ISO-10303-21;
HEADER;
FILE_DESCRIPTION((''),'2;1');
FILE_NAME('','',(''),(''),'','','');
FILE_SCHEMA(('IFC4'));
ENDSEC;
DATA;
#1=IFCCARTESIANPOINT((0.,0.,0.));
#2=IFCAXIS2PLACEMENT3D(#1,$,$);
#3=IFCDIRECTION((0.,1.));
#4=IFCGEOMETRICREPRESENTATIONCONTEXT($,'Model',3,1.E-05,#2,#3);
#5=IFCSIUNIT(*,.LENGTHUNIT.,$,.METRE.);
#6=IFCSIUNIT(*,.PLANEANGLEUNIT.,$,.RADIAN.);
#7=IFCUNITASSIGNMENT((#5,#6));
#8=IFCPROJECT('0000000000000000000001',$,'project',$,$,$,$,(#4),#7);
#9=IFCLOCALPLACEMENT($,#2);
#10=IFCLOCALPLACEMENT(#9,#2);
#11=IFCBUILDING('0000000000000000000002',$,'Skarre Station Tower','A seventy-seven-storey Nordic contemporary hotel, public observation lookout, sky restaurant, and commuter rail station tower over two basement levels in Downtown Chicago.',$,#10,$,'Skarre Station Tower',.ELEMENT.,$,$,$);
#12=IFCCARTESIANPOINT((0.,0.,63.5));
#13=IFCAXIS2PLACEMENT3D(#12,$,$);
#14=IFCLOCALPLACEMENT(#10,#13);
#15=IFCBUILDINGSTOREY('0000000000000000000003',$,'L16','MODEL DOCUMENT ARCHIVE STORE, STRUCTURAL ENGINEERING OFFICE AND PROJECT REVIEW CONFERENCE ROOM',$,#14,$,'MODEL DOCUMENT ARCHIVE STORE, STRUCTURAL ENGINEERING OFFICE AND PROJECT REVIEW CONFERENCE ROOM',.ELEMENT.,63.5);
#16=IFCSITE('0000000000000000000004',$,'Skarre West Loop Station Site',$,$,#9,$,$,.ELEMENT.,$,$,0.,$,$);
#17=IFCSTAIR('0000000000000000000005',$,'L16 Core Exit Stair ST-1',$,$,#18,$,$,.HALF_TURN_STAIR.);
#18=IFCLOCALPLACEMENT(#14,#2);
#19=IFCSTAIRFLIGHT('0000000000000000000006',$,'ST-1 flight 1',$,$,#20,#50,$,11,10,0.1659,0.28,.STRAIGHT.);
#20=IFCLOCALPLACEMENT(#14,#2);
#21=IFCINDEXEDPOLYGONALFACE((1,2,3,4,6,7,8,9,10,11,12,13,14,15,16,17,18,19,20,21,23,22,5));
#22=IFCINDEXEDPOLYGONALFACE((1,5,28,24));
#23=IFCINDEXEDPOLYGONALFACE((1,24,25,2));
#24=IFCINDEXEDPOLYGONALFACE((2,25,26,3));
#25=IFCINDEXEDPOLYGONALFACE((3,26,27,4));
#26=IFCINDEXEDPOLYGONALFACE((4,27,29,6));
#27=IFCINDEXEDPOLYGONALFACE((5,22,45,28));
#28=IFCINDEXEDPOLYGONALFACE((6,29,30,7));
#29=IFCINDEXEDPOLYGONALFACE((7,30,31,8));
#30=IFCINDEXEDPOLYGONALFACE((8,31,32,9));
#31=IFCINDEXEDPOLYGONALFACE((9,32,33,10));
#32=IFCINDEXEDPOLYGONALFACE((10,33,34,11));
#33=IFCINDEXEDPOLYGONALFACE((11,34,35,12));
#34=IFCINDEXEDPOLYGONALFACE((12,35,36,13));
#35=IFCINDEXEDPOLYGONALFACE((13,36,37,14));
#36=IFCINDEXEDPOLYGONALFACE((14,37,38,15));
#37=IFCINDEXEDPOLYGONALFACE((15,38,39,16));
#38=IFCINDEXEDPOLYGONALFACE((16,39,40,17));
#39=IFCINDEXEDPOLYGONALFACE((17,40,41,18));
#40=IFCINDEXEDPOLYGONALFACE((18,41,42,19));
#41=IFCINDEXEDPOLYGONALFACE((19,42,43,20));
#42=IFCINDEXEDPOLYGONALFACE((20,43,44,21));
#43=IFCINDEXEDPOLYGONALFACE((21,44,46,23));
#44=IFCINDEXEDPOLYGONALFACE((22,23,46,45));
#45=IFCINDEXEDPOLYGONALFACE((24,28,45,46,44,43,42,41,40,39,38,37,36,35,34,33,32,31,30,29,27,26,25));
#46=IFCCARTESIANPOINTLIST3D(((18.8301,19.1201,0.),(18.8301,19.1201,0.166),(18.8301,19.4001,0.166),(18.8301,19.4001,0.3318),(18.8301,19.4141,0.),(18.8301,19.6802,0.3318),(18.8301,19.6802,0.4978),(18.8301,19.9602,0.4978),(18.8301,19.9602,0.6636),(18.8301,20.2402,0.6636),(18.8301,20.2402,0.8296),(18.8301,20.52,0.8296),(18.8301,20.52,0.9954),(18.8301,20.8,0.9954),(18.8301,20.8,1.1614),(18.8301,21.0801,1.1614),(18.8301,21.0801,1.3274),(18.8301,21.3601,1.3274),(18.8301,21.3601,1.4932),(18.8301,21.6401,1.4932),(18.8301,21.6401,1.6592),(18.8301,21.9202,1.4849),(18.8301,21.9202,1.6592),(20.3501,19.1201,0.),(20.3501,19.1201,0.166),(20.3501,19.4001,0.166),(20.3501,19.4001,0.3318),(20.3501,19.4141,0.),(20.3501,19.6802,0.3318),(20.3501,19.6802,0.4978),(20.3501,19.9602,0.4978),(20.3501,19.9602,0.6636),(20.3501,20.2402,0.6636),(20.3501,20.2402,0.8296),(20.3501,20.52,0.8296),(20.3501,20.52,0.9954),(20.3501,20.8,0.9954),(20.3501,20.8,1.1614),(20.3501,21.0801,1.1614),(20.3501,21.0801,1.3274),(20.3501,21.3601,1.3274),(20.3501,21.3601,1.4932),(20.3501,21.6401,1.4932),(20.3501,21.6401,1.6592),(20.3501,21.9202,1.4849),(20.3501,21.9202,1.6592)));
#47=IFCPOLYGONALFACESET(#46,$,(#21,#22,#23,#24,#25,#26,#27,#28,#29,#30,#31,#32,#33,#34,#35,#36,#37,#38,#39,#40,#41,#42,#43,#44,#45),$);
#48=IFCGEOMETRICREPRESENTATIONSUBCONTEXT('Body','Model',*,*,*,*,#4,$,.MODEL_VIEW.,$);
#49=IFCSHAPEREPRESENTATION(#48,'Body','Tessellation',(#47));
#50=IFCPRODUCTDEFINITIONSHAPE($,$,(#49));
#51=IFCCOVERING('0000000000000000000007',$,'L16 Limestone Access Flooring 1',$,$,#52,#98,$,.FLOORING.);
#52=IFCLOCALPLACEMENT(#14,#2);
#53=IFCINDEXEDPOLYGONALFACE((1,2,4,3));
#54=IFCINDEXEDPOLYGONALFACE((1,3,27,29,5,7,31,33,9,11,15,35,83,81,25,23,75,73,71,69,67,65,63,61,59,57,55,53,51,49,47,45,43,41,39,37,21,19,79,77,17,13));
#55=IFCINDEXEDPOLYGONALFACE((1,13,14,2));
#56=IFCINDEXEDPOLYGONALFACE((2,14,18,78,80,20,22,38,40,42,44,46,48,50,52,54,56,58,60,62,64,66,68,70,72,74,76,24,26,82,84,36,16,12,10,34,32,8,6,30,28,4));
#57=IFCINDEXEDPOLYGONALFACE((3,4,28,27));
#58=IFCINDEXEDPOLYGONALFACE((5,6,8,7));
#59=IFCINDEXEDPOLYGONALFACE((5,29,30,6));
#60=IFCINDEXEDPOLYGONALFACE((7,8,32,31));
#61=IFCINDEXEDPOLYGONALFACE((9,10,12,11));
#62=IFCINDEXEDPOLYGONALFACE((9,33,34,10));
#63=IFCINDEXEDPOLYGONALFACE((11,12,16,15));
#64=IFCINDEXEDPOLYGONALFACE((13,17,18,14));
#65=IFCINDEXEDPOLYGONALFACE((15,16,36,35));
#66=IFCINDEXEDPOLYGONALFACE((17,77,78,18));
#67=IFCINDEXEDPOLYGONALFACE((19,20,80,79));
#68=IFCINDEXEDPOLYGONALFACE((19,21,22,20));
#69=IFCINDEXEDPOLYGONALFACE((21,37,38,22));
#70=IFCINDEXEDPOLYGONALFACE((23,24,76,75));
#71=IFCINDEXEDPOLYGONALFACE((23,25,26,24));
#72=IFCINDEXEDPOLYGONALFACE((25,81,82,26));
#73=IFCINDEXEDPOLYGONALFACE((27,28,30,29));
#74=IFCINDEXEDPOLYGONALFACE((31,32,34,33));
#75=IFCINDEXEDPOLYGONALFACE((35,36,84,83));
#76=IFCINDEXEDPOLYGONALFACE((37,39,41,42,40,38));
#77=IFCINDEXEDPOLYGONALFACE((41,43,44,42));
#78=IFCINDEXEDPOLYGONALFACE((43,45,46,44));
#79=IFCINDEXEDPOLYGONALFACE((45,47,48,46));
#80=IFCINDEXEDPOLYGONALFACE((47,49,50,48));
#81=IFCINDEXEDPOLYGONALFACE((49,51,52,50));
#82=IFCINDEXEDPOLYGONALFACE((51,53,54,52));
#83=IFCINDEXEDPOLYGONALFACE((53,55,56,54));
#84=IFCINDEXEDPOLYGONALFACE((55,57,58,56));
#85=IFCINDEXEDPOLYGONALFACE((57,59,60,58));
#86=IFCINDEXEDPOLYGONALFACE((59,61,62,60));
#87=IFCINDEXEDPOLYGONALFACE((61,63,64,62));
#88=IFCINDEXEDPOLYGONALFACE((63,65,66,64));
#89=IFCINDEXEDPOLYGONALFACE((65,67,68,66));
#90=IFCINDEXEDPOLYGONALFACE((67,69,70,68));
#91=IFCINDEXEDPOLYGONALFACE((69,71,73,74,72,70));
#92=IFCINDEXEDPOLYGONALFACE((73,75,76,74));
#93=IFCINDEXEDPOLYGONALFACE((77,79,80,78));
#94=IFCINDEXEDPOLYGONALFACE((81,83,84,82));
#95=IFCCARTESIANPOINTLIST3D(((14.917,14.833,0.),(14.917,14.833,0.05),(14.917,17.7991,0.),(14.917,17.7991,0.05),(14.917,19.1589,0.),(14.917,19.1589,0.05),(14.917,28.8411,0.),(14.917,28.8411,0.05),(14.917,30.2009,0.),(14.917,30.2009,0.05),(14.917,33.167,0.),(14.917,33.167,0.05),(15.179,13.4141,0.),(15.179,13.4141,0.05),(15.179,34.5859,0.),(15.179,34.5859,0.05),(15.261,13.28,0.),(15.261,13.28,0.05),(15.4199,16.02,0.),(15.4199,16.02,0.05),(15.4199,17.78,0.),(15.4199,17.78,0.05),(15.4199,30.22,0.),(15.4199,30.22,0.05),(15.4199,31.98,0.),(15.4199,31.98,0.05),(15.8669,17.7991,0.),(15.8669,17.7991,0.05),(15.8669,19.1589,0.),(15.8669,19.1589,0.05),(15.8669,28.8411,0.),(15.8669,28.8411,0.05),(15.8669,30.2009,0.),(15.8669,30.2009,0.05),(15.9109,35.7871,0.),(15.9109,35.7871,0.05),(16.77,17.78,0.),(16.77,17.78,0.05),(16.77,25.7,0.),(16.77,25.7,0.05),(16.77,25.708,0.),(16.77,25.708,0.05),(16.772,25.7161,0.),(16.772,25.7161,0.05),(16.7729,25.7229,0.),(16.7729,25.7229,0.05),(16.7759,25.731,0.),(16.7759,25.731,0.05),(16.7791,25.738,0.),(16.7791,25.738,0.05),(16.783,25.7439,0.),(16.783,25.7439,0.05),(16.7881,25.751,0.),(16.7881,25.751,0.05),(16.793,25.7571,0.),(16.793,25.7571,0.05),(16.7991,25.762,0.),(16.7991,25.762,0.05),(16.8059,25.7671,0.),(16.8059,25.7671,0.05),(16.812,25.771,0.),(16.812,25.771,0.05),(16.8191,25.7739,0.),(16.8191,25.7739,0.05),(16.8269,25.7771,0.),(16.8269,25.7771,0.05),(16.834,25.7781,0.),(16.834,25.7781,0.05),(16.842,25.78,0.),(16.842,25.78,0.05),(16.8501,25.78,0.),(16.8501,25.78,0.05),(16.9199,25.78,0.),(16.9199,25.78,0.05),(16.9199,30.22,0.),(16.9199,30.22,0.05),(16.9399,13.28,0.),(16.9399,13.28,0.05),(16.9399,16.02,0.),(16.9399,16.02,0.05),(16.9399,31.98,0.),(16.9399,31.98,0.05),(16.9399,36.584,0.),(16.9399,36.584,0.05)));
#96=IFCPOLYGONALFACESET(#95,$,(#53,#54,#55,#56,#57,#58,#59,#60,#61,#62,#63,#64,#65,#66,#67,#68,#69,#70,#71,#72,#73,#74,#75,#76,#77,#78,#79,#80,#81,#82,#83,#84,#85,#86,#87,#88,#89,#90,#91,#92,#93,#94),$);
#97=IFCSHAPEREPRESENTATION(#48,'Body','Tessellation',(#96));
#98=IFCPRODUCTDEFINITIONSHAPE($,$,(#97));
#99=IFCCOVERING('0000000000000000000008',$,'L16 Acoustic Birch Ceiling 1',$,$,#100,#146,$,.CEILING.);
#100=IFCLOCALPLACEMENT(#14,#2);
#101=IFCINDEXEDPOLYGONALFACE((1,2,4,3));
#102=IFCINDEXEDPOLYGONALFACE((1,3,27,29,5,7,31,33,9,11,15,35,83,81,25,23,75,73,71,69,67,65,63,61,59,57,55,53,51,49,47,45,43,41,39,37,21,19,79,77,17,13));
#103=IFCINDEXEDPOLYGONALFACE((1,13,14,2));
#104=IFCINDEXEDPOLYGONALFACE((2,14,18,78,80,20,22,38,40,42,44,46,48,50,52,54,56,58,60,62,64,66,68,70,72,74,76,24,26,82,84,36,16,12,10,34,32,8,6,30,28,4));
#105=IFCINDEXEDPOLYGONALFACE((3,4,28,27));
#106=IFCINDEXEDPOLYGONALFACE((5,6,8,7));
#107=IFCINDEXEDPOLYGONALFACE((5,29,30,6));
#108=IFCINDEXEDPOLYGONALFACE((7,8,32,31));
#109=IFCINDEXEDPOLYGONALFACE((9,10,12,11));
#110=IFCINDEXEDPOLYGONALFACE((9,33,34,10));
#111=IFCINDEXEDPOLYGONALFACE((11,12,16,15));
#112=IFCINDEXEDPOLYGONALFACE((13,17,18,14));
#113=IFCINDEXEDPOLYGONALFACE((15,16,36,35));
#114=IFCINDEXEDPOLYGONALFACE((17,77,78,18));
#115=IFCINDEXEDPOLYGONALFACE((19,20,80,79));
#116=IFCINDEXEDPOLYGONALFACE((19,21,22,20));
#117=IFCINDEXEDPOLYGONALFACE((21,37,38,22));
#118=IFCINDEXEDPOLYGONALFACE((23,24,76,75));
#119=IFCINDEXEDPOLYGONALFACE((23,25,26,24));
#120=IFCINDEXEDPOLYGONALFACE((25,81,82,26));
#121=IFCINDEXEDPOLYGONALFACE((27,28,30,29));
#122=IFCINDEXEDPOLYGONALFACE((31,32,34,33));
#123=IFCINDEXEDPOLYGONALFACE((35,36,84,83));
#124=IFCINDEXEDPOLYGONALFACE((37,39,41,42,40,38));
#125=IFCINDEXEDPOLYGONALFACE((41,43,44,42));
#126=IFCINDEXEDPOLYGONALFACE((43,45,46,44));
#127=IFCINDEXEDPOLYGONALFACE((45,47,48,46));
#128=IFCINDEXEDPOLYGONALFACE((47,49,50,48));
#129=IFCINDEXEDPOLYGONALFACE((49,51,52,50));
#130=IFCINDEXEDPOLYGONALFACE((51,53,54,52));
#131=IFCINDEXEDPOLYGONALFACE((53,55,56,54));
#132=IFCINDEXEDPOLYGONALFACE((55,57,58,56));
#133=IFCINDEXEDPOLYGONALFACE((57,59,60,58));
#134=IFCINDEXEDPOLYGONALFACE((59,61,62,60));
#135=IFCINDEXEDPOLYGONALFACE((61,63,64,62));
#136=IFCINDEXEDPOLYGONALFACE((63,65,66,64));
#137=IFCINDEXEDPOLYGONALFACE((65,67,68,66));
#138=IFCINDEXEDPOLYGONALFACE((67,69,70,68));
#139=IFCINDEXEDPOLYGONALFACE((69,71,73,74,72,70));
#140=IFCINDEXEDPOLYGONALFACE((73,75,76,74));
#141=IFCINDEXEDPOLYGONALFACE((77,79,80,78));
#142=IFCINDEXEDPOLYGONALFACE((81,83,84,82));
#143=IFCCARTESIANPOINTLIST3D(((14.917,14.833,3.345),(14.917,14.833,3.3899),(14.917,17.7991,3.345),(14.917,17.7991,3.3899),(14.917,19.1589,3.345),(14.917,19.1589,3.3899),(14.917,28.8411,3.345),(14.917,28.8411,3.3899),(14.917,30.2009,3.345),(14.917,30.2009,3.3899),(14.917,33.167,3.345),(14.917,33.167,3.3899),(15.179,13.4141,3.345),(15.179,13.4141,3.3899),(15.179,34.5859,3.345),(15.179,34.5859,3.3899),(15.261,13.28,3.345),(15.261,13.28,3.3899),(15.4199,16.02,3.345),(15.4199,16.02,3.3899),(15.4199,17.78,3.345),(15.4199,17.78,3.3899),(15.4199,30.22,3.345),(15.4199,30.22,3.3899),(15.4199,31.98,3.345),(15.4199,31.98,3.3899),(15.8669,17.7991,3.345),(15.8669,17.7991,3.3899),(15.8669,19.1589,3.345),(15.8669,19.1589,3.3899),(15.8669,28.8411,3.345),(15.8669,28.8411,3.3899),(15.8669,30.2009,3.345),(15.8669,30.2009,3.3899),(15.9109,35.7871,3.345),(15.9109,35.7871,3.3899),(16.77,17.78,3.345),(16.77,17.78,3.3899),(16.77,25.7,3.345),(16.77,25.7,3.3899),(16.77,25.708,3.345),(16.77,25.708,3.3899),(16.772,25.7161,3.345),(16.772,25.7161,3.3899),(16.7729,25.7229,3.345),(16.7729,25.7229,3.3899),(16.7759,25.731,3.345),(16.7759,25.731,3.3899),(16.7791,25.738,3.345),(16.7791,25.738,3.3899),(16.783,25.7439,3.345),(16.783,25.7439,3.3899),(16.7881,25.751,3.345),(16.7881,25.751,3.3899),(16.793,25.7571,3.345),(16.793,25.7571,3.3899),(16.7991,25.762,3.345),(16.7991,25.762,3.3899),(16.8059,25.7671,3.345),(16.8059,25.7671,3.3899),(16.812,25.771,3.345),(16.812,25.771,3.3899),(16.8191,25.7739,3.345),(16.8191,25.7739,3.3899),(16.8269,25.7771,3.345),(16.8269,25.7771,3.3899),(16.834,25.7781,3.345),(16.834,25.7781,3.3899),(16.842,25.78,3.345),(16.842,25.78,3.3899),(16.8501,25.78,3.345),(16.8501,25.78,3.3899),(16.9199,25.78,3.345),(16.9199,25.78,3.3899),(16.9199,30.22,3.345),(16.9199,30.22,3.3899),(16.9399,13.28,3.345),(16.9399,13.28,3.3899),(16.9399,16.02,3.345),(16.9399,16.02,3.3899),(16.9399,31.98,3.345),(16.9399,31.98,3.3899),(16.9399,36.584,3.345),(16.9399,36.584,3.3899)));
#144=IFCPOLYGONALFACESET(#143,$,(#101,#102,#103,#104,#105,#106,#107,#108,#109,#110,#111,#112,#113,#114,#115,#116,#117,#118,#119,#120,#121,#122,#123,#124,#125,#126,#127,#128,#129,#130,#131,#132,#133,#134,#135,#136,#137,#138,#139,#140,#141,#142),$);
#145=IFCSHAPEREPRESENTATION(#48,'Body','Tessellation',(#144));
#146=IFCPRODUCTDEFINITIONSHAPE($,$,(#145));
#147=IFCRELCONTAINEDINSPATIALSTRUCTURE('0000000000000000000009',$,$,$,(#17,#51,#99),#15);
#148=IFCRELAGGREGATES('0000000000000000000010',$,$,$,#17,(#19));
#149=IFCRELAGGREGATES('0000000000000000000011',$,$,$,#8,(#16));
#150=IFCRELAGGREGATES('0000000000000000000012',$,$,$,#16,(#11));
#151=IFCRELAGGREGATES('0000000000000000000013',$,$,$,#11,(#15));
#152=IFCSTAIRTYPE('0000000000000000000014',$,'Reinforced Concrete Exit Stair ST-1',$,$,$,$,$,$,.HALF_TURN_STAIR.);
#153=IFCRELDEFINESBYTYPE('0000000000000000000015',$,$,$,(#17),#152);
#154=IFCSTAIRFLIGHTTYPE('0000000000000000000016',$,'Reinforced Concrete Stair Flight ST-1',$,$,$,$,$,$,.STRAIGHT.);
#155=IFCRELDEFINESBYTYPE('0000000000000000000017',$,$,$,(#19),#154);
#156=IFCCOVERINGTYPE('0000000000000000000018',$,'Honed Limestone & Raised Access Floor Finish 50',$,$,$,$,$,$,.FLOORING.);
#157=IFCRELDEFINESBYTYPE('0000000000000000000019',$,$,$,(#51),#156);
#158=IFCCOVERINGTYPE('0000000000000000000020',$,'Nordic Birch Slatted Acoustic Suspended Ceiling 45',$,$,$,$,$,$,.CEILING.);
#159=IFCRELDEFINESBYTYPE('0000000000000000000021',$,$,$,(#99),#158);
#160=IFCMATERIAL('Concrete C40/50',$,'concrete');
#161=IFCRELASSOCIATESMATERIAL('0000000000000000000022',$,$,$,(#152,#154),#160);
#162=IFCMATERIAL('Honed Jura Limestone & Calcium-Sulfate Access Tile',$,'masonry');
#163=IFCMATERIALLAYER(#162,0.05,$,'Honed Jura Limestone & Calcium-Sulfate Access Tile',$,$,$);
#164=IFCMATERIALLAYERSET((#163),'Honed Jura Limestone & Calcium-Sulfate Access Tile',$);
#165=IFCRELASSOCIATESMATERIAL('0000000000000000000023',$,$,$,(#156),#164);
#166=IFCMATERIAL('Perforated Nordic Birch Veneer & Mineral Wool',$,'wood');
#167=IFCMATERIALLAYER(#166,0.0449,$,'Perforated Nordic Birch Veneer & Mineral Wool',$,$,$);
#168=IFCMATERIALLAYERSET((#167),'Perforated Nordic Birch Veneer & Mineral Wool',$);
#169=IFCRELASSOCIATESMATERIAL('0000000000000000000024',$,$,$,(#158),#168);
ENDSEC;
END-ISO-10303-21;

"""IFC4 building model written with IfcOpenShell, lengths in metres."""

from ifc_helpers import new_model, si_unit, direction, frame, origin, place, context, subcontext, project, spatial, polyline, outline, extrude, material, layer, layer_set, type_object, element, aggregate, save


model = new_model("IFC4")

# Units and contexts
model_context = context("Model", 3, precision=1e-05, world=origin(), true_north=direction((0.0, 1.0)))
body_context = subcontext(model_context, "Body", "Model", "MODEL_VIEW")
ifc_project = project(units=[si_unit("LENGTHUNIT", "METRE"), si_unit("PLANEANGLEUNIT", "RADIAN")], contexts=[model_context])

# Site, building, storey
site_placement = place(None, origin())
site = spatial("IfcSite", under=ifc_project, at=site_placement, Name="Skarre West Loop Station Site", CompositionType="ELEMENT", RefElevation=0.0)
building_placement = place(site_placement, origin())
building = spatial("IfcBuilding", under=site, at=building_placement, Name="Skarre Station Tower", Description="A seventy-seven-storey Nordic contemporary hotel, public observation lookout, sky restaurant, and commuter rail station tower over two basement levels in Downtown Chicago.", LongName="Skarre Station Tower", CompositionType="ELEMENT")
storey_placement = place(building_placement, frame((0.0, 0.0, 63.5)))
storey = spatial("IfcBuildingStorey", under=building, at=storey_placement, Name="L16", Description="MODEL DOCUMENT ARCHIVE STORE, STRUCTURAL ENGINEERING OFFICE AND PROJECT REVIEW CONFERENCE ROOM", LongName="MODEL DOCUMENT ARCHIVE STORE, STRUCTURAL ENGINEERING OFFICE AND PROJECT REVIEW CONFERENCE ROOM", CompositionType="ELEMENT", Elevation=63.5)

# Stair
ifc_material_1 = material(Name="Concrete C40/50", Category="concrete")
stair_type_1 = type_object("IfcStairType", Name="Reinforced Concrete Exit Stair ST-1", PredefinedType="HALF_TURN_STAIR", material=ifc_material_1)
stair_1_placement = place(storey_placement, origin())
stair_1 = element("IfcStair", 1, at=stair_1_placement, inside=storey, type_object=stair_type_1, Name="L16 Core Exit Stair ST-1", PredefinedType="HALF_TURN_STAIR")

# Stair flight
stair_flight_type = type_object("IfcStairFlightType", Name="Reinforced Concrete Stair Flight ST-1", PredefinedType="STRAIGHT", material=ifc_material_1)
stair_flight_placement = place(storey_placement, frame((19.5901, 19.1201, 0.0), z_axis=(0.0, 0.0, 1.0), x_axis=(0.0, 1.0, 0.0)))
stair_flight = element("IfcStairFlight", 2, at=stair_flight_placement, type_object=stair_flight_type, Name="ST-1 flight 1", NumberOfRisers=11, NumberOfTreads=10, PredefinedType="STRAIGHT", RiserHeight=0.1659, TreadLength=0.28, context=body_context, shape_type="SweptSolid", body=[
    extrude(outline(polyline([(0.0, 0.0), (0.0, 0.166), (0.28, 0.166), (0.28, 0.3318), (0.5601, 0.3318), (0.5601, 0.4978), (0.8401, 0.4978), (0.8401, 0.6636), (1.1201, 0.6636), (1.1201, 0.8296), (1.3999, 0.8296), (1.3999, 0.9954), (1.6799, 0.9954), (1.6799, 1.1614), (1.96, 1.1614), (1.96, 1.3274), (2.24, 1.3274), (2.24, 1.4932), (2.52, 1.4932), (2.52, 1.6592), (2.8, 1.6592), (2.8, 1.825), (2.8, 1.4849), (0.2939, 0.0), (0.0, 0.0)])), frame((0.0, 0.76, 0.0), z_axis=(0.0, -1.0, 0.0), x_axis=(1.0, 0.0, 0.0)), (0.0, 0.0, 1.0), 1.52),
])
aggregate(stair_1, [stair_flight])

# Coverings
ifc_material_2 = material(Name="Honed Jura Limestone & Calcium-Sulfate Access Tile", Category="masonry")
ifc_layer_1 = layer(ifc_material_2, 0.05, Name="Honed Jura Limestone & Calcium-Sulfate Access Tile")
ifc_layer_set_1 = layer_set([ifc_layer_1], Name="Honed Jura Limestone & Calcium-Sulfate Access Tile")
covering_type_1 = type_object("IfcCoveringType", Name="Honed Limestone & Raised Access Floor Finish 50", PredefinedType="FLOORING", material=ifc_layer_set_1)
covering_1_placement = place(storey_placement, origin())
element("IfcCovering", 3, at=covering_1_placement, inside=storey, type_object=covering_type_1, Name="L16 Limestone Access Flooring 1", PredefinedType="FLOORING", context=body_context, shape_type="SweptSolid", body=[
    extrude(outline(polyline([(16.9399, 36.584), (15.9109, 35.7871), (15.179, 34.5859), (14.917, 33.167), (14.917, 30.2009), (15.8669, 30.2009), (15.8669, 28.8411), (14.917, 28.8411), (14.917, 19.1589), (15.8669, 19.1589), (15.8669, 17.7991), (14.917, 17.7991), (14.917, 14.833), (15.179, 13.4141), (15.261, 13.28), (16.9399, 13.28), (16.9399, 16.02), (15.4199, 16.02), (15.4199, 17.78), (16.77, 17.78), (16.77, 25.7), (16.77, 25.708), (16.772, 25.7161), (16.7729, 25.7229), (16.7759, 25.731), (16.7791, 25.738), (16.783, 25.7439), (16.7881, 25.751), (16.793, 25.7571), (16.7991, 25.762), (16.8059, 25.7671), (16.812, 25.771), (16.8191, 25.7739), (16.8269, 25.7771), (16.834, 25.7781), (16.842, 25.78), (16.8501, 25.78), (16.9199, 25.78), (16.9199, 30.22), (15.4199, 30.22), (15.4199, 31.98), (16.9399, 31.98), (16.9399, 36.584)])), origin(), (0.0, 0.0, 1.0), 0.05),
])
ifc_material_3 = material(Name="Perforated Nordic Birch Veneer & Mineral Wool", Category="wood")
ifc_layer_2 = layer(ifc_material_3, 0.0449, Name="Perforated Nordic Birch Veneer & Mineral Wool")
ifc_layer_set_2 = layer_set([ifc_layer_2], Name="Perforated Nordic Birch Veneer & Mineral Wool")
covering_type_2 = type_object("IfcCoveringType", Name="Nordic Birch Slatted Acoustic Suspended Ceiling 45", PredefinedType="CEILING", material=ifc_layer_set_2)
covering_2_placement = place(storey_placement, frame((0.0, 0.0, 3.345)))
element("IfcCovering", 4, at=covering_2_placement, inside=storey, type_object=covering_type_2, Name="L16 Acoustic Birch Ceiling 1", PredefinedType="CEILING", context=body_context, shape_type="SweptSolid", body=[
    extrude(outline(polyline([(16.9399, 36.584), (15.9109, 35.7871), (15.179, 34.5859), (14.917, 33.167), (14.917, 30.2009), (15.8669, 30.2009), (15.8669, 28.8411), (14.917, 28.8411), (14.917, 19.1589), (15.8669, 19.1589), (15.8669, 17.7991), (14.917, 17.7991), (14.917, 14.833), (15.179, 13.4141), (15.261, 13.28), (16.9399, 13.28), (16.9399, 16.02), (15.4199, 16.02), (15.4199, 17.78), (16.77, 17.78), (16.77, 25.7), (16.77, 25.708), (16.772, 25.7161), (16.7729, 25.7229), (16.7759, 25.731), (16.7791, 25.738), (16.783, 25.7439), (16.7881, 25.751), (16.793, 25.7571), (16.7991, 25.762), (16.8059, 25.7671), (16.812, 25.771), (16.8191, 25.7739), (16.8269, 25.7771), (16.834, 25.7781), (16.842, 25.78), (16.8501, 25.78), (16.9199, 25.78), (16.9199, 30.22), (15.4199, 30.22), (15.4199, 31.98), (16.9399, 31.98), (16.9399, 36.584)])), origin(), (0.0, 0.0, 1.0), 0.0449),
])

save(model, "model.ifc")
